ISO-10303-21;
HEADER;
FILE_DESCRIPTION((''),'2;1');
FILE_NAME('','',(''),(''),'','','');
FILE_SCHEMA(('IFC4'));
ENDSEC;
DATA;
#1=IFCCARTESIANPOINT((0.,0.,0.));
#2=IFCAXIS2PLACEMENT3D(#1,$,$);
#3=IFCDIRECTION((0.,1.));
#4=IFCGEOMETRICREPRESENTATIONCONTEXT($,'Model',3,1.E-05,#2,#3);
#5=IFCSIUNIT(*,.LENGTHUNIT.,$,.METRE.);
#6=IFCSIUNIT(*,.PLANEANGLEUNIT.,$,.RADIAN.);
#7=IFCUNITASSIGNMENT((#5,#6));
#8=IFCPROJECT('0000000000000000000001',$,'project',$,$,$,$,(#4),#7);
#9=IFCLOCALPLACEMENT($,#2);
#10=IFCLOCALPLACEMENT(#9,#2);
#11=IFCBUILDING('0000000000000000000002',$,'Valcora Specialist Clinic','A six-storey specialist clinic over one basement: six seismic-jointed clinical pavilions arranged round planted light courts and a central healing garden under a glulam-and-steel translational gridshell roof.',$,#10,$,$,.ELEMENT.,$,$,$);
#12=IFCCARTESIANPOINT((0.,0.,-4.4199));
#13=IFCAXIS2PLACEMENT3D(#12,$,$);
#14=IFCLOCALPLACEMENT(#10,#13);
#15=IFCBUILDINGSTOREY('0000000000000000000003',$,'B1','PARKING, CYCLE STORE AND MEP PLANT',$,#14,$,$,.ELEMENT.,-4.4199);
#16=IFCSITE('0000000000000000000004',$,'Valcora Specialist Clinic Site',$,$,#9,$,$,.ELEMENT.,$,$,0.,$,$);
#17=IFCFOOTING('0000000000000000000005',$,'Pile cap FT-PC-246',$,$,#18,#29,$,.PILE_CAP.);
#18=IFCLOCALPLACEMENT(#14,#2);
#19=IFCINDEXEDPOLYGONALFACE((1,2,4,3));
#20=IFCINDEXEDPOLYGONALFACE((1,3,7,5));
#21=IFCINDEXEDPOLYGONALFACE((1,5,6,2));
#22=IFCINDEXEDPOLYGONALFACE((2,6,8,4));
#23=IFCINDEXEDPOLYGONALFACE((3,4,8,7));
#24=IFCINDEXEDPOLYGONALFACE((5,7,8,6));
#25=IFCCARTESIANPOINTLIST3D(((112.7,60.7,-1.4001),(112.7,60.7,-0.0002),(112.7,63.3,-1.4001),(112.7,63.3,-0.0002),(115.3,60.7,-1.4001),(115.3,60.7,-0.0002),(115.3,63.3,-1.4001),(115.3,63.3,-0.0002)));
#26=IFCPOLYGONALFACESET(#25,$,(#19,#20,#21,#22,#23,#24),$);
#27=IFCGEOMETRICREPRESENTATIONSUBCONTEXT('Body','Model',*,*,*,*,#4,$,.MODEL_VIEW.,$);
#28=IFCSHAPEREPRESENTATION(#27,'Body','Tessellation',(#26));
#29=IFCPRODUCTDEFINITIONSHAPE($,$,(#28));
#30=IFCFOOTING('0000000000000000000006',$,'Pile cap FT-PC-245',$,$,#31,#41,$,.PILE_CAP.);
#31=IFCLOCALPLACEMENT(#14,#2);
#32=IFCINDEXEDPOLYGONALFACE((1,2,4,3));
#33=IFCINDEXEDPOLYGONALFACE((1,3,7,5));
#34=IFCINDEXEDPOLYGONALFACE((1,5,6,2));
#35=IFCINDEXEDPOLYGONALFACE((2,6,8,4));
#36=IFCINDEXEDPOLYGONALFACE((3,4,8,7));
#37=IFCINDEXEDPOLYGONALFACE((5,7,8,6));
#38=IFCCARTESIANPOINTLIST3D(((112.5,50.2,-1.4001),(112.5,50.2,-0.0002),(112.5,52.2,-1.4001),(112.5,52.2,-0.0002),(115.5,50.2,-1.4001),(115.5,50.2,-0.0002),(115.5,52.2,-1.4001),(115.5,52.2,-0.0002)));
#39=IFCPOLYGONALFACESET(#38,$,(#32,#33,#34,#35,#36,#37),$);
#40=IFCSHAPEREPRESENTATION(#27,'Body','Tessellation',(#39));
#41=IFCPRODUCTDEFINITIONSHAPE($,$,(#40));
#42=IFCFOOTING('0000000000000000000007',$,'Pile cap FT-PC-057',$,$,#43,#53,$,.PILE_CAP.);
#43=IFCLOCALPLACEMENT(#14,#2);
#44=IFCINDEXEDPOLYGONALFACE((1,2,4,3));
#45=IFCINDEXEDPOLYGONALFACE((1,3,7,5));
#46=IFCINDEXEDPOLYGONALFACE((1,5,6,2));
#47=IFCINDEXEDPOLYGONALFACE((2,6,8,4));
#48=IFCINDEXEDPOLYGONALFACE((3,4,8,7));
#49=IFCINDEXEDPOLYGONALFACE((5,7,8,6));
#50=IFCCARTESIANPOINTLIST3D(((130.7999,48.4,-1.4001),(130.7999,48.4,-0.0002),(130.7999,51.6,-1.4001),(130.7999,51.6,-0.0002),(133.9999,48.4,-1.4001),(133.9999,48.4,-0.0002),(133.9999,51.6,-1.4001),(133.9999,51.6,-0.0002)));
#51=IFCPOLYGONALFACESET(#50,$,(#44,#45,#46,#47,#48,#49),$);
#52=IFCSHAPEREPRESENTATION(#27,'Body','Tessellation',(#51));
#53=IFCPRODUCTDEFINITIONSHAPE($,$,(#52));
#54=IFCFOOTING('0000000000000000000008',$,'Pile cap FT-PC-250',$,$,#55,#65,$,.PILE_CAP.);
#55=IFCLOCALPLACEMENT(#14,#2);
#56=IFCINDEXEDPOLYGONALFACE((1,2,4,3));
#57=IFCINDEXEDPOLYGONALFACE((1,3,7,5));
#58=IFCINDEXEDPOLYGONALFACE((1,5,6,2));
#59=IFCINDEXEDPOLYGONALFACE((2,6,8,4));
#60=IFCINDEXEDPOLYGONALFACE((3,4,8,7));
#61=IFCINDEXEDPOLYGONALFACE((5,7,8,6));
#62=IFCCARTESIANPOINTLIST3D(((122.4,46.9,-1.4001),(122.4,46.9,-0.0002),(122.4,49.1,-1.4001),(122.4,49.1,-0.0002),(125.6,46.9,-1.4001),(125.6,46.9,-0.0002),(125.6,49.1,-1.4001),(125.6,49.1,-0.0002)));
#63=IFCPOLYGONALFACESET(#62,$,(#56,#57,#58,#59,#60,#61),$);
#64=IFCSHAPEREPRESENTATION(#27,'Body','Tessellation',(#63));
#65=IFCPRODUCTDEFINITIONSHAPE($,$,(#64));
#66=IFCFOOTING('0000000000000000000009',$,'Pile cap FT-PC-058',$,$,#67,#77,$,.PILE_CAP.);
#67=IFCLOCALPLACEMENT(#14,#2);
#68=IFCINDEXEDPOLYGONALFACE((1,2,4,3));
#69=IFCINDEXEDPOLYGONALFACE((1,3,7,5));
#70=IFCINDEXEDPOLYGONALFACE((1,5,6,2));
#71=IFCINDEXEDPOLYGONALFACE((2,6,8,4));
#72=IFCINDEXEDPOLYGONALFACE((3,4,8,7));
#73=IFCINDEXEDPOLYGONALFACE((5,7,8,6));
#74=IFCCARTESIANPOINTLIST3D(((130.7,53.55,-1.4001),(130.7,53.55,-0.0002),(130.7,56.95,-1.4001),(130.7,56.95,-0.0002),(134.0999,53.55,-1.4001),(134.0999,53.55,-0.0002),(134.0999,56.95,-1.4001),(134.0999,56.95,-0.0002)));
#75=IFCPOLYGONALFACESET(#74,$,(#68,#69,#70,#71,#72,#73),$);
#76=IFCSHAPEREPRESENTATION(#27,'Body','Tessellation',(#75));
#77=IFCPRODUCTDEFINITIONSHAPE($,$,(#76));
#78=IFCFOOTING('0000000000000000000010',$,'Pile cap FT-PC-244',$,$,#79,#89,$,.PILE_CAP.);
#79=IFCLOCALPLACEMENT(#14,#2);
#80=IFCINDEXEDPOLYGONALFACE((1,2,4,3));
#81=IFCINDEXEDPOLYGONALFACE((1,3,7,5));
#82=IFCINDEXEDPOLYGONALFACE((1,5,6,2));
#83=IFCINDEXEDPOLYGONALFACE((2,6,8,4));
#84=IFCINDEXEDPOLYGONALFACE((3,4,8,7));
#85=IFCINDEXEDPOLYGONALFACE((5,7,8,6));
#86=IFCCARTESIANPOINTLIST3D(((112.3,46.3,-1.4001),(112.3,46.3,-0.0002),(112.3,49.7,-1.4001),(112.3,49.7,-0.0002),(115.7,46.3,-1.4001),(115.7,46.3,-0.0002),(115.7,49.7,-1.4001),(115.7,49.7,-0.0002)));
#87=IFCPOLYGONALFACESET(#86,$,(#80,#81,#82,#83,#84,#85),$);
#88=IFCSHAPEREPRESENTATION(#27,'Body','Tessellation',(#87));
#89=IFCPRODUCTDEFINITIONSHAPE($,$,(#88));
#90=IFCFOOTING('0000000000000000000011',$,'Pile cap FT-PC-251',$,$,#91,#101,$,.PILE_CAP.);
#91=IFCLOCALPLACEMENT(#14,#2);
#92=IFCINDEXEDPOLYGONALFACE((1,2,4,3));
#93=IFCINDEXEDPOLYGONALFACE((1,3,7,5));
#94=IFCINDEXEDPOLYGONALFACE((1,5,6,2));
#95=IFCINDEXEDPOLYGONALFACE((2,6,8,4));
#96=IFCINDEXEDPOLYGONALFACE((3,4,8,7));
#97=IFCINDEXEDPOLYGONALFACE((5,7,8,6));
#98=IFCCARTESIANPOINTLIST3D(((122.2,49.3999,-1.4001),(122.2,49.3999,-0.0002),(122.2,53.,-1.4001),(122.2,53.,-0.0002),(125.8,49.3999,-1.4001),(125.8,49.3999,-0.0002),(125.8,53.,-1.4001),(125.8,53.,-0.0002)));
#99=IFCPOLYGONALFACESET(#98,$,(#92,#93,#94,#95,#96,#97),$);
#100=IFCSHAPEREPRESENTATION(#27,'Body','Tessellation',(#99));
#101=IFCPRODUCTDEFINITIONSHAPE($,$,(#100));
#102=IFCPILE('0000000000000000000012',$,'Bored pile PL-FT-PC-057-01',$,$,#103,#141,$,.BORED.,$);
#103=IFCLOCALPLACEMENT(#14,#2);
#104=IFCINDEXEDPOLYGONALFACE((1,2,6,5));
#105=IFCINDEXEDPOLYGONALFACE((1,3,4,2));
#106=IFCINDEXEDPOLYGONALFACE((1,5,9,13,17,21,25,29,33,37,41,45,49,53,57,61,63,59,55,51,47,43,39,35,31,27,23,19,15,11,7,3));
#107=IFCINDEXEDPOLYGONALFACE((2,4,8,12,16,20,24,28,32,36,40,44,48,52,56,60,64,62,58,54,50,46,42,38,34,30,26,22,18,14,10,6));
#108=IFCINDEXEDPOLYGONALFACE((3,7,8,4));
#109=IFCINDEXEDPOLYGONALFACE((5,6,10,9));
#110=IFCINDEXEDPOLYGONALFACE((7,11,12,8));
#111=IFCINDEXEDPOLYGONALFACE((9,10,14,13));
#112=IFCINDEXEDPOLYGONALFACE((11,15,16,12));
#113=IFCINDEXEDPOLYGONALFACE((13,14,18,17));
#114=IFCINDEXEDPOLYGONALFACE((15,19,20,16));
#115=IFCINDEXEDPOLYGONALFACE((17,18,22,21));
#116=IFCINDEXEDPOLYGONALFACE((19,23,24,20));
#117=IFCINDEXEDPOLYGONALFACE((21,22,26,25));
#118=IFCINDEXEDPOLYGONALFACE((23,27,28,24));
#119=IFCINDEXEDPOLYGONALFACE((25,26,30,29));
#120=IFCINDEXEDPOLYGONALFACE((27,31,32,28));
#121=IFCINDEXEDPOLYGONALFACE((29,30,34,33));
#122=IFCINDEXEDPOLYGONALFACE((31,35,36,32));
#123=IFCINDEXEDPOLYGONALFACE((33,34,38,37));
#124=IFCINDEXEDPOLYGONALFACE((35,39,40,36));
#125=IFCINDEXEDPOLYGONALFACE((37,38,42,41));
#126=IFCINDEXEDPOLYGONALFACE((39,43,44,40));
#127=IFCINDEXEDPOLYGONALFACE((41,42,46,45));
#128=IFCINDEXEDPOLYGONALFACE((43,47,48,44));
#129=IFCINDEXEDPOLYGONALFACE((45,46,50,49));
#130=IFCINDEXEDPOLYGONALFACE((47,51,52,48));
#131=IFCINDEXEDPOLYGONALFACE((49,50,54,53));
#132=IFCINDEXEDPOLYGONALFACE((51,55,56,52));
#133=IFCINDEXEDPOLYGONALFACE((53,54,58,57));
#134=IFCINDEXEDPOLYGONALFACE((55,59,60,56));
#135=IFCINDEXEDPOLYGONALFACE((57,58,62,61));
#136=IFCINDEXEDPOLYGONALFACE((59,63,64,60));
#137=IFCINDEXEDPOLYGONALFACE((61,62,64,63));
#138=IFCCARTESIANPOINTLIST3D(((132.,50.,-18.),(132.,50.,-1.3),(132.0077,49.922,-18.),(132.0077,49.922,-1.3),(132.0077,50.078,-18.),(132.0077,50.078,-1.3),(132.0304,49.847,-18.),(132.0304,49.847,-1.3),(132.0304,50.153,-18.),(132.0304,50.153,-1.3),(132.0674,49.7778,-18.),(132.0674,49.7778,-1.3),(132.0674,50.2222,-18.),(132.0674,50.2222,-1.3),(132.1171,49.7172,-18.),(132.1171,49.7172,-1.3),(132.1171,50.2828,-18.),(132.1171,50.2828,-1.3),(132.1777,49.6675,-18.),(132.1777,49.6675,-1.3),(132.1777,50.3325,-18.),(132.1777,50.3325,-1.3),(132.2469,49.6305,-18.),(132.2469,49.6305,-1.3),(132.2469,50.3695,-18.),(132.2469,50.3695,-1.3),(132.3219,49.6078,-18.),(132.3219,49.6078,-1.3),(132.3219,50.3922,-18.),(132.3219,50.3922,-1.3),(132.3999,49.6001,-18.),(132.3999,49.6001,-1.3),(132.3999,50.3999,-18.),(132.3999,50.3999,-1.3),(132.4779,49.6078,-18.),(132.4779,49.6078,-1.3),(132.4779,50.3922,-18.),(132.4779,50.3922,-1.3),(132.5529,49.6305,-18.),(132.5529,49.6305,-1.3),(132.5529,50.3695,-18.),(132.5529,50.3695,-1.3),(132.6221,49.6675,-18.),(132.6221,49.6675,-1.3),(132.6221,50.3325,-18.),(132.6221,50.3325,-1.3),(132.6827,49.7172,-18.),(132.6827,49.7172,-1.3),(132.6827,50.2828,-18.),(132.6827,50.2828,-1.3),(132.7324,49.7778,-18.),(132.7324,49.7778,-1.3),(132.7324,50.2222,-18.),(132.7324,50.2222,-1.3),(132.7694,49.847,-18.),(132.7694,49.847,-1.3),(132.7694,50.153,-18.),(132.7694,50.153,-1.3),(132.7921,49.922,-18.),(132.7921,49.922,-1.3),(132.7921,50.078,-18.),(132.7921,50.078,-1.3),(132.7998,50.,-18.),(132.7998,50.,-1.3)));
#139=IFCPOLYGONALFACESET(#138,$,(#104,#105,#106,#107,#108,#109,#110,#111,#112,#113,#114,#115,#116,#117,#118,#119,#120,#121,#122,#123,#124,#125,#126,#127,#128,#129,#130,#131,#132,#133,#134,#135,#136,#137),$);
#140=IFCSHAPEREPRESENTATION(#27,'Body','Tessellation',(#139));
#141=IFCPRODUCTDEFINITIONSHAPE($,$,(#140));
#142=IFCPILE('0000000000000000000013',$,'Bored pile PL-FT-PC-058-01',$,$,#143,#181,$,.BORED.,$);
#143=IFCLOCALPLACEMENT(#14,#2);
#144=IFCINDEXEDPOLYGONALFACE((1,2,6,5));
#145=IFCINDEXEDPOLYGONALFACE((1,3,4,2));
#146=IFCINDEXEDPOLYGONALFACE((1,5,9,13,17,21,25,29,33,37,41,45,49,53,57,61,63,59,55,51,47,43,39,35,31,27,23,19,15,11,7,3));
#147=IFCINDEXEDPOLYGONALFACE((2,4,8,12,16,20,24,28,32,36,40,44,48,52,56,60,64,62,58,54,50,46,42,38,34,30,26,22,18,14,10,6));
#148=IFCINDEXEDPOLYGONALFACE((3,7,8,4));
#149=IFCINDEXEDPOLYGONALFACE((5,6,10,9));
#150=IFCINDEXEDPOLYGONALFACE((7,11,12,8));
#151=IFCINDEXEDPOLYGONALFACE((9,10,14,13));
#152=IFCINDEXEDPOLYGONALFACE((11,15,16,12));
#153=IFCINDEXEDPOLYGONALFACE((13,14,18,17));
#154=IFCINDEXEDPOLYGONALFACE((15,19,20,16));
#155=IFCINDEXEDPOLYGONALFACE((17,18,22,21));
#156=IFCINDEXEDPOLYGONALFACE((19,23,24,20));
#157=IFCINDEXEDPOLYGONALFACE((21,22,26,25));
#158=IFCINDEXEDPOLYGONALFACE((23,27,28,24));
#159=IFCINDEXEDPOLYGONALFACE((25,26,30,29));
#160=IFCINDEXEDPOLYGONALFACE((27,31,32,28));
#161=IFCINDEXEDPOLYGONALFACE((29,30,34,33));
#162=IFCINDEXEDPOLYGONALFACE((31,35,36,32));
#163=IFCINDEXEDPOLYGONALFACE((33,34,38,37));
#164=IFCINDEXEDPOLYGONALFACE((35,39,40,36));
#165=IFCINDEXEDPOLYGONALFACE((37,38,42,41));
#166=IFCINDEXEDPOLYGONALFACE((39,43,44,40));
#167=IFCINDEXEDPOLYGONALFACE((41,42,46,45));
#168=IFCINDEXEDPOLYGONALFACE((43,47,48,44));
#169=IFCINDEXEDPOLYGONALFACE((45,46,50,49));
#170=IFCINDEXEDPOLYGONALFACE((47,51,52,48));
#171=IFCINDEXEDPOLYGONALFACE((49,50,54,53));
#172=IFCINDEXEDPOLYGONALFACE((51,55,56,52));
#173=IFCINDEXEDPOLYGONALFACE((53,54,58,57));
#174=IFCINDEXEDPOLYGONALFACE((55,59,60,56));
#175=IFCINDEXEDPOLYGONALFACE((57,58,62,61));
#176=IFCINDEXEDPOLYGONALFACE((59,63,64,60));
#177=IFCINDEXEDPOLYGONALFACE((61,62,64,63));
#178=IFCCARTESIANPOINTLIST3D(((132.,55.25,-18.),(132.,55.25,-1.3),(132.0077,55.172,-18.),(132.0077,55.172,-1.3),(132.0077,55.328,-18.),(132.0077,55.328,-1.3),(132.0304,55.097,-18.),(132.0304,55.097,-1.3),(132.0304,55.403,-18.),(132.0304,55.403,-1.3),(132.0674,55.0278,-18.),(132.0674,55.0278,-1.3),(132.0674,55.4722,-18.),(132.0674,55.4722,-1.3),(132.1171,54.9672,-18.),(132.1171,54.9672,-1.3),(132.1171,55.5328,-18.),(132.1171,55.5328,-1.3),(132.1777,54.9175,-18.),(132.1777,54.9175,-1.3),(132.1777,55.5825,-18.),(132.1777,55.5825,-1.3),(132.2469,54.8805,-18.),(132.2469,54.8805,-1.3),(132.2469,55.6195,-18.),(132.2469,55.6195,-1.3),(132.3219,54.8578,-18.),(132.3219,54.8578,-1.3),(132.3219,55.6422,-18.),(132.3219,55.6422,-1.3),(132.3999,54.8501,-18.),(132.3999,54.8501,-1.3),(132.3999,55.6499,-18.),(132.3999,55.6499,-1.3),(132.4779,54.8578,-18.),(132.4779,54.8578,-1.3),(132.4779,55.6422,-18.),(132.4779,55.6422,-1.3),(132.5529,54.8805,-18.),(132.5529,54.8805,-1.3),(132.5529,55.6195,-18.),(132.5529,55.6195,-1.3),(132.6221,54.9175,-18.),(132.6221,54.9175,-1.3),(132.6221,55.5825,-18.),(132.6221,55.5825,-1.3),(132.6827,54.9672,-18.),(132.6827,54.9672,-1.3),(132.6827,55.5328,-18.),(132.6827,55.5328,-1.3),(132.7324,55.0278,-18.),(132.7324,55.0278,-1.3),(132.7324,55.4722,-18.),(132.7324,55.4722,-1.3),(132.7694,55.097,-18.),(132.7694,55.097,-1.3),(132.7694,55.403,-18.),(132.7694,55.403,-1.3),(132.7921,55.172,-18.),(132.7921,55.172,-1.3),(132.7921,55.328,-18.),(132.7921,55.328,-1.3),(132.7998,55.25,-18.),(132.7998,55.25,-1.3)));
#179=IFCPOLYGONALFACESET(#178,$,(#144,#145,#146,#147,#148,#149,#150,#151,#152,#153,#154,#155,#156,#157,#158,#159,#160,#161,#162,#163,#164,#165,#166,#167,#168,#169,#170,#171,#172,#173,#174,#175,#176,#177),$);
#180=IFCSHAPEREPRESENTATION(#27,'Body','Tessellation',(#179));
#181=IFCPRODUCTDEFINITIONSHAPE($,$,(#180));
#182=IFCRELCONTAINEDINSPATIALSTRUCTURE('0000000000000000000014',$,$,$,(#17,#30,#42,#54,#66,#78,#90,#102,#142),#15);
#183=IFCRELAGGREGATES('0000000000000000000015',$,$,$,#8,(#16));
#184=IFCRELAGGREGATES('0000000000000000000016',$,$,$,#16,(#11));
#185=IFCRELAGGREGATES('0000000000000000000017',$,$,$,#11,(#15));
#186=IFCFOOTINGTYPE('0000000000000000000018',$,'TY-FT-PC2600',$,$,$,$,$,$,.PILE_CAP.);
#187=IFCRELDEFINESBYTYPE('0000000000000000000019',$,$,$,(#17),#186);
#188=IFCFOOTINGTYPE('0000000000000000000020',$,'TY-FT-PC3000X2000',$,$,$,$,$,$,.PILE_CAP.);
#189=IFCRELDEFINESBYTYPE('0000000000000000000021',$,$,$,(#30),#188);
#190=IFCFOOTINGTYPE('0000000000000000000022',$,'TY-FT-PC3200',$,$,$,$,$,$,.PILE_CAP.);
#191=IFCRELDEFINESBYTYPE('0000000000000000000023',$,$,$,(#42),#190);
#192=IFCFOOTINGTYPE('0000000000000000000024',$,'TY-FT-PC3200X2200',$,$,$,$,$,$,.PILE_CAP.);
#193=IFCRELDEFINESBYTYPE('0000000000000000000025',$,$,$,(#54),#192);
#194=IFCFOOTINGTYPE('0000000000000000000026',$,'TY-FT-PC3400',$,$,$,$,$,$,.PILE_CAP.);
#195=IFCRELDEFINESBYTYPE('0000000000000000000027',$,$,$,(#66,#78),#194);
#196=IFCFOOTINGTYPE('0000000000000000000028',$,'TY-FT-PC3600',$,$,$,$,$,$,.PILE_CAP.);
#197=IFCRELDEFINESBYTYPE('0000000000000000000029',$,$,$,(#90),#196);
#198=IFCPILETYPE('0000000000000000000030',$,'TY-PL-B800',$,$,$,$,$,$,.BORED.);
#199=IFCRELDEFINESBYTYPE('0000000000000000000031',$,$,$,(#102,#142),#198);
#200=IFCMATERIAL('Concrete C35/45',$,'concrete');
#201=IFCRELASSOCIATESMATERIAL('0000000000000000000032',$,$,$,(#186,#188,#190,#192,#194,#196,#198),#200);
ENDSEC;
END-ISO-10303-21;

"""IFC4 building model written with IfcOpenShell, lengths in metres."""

from ifc_helpers import new_model, si_unit, direction, frame, origin, origin_2d, place, context, subcontext, project, spatial, rectangle, circle, extrude, material, material_profile, profile_set, type_object, element, save


model = new_model("IFC4")

# Units and contexts
model_context = context("Model", 3, precision=1e-05, world=origin(), true_north=direction((0.0, 1.0)))
body_context = subcontext(model_context, "Body", "Model", "MODEL_VIEW")
ifc_project = project(units=[si_unit("LENGTHUNIT", "METRE"), si_unit("PLANEANGLEUNIT", "RADIAN")], contexts=[model_context])

# Site, building, storey
site_placement = place(None, origin())
site = spatial("IfcSite", under=ifc_project, at=site_placement, Name="Valcora Specialist Clinic Site", CompositionType="ELEMENT", RefElevation=0.0)
building_placement = place(site_placement, origin())
building = spatial("IfcBuilding", under=site, at=building_placement, Name="Valcora Specialist Clinic", Description="A six-storey specialist clinic over one basement: six seismic-jointed clinical pavilions arranged round planted light courts and a central healing garden under a glulam-and-steel translational gridshell roof.", CompositionType="ELEMENT")
storey_placement = place(building_placement, frame((0.0, 0.0, -4.4199)))
storey = spatial("IfcBuildingStorey", under=building, at=storey_placement, Name="B1", Description="PARKING, CYCLE STORE AND MEP PLANT", CompositionType="ELEMENT", Elevation=-4.4199)

# Footings
ifc_material_1 = material(Name="Concrete C35/45", Category="concrete")
footing_type_1 = type_object("IfcFootingType", Name="TY-FT-PC2600", PredefinedType="PILE_CAP", material=ifc_material_1)
footing_1_placement = place(storey_placement, frame((114.0, 62.0, -1.4001), z_axis=(0.0, 0.0, 1.0), x_axis=(1.0, 0.0, 0.0)))
element("IfcFooting", 1, at=footing_1_placement, inside=storey, type_object=footing_type_1, Name="Pile cap FT-PC-246", PredefinedType="PILE_CAP", context=body_context, shape_type="SweptSolid", body=[
    extrude(rectangle(XDim=2.6001, YDim=2.6001, at=origin_2d()), origin(), (0.0, 0.0, 1.0), 1.3999),
])
footing_type_2 = type_object("IfcFootingType", Name="TY-FT-PC3000X2000", PredefinedType="PILE_CAP", material=ifc_material_1)
footing_2_placement = place(storey_placement, frame((114.0, 51.2, -1.4001), z_axis=(0.0, 0.0, 1.0), x_axis=(1.0, 0.0, 0.0)))
element("IfcFooting", 2, at=footing_2_placement, inside=storey, type_object=footing_type_2, Name="Pile cap FT-PC-245", PredefinedType="PILE_CAP", context=body_context, shape_type="SweptSolid", body=[
    extrude(rectangle(XDim=3.0, YDim=2.0, at=origin_2d()), origin(), (0.0, 0.0, 1.0), 1.3999),
])
footing_type_3 = type_object("IfcFootingType", Name="TY-FT-PC3200", PredefinedType="PILE_CAP", material=ifc_material_1)
footing_3_placement = place(storey_placement, frame((132.3999, 50.0, -1.4001), z_axis=(0.0, 0.0, 1.0), x_axis=(1.0, 0.0, 0.0)))
element("IfcFooting", 3, at=footing_3_placement, inside=storey, type_object=footing_type_3, Name="Pile cap FT-PC-057", PredefinedType="PILE_CAP", context=body_context, shape_type="SweptSolid", body=[
    extrude(rectangle(XDim=3.2, YDim=3.2, at=origin_2d()), origin(), (0.0, 0.0, 1.0), 1.3999),
])
footing_type_4 = type_object("IfcFootingType", Name="TY-FT-PC3200X2200", PredefinedType="PILE_CAP", material=ifc_material_1)
footing_4_placement = place(storey_placement, frame((124.0, 48.0, -1.4001), z_axis=(0.0, 0.0, 1.0), x_axis=(1.0, 0.0, 0.0)))
element("IfcFooting", 4, at=footing_4_placement, inside=storey, type_object=footing_type_4, Name="Pile cap FT-PC-250", PredefinedType="PILE_CAP", context=body_context, shape_type="SweptSolid", body=[
    extrude(rectangle(XDim=3.2, YDim=2.2, at=origin_2d()), origin(), (0.0, 0.0, 1.0), 1.3999),
])
footing_type_5 = type_object("IfcFootingType", Name="TY-FT-PC3400", PredefinedType="PILE_CAP", material=ifc_material_1)
for number, where, z_axis, x_axis, name in (
    (5, (132.3999, 55.25, -1.4001), (0.0, 0.0, 1.0), (1.0, 0.0, 0.0), "Pile cap FT-PC-058"),
    (6, (114.0, 48.0, -1.4001), (0.0, 0.0, 1.0), (1.0, 0.0, 0.0), "Pile cap FT-PC-244"),
):
    element("IfcFooting", number, at=place(storey_placement, frame(where, z_axis=z_axis, x_axis=x_axis)), inside=storey, type_object=footing_type_5, Name=name, PredefinedType="PILE_CAP", context=body_context, shape_type="SweptSolid", body=[
        extrude(rectangle(XDim=3.3999, YDim=3.3999, at=origin_2d()), origin(), (0.0, 0.0, 1.0), 1.3999),
    ])
footing_type_6 = type_object("IfcFootingType", Name="TY-FT-PC3600", PredefinedType="PILE_CAP", material=ifc_material_1)
footing_5_placement = place(storey_placement, frame((124.0, 51.2, -1.4001), z_axis=(0.0, 0.0, 1.0), x_axis=(1.0, 0.0, 0.0)))
element("IfcFooting", 7, at=footing_5_placement, inside=storey, type_object=footing_type_6, Name="Pile cap FT-PC-251", PredefinedType="PILE_CAP", context=body_context, shape_type="SweptSolid", body=[
    extrude(rectangle(XDim=3.6001, YDim=3.6001, at=origin_2d()), origin(), (0.0, 0.0, 1.0), 1.3999),
])

# Piles
ifc_material_profile_1 = material_profile(ifc_material_1, circle(Radius=0.3999, at=origin_2d()), Name="RC-PIL-D800")
ifc_profile_set_1 = profile_set([ifc_material_profile_1], Name="Concrete C35/45")
pile_type_1 = type_object("IfcPileType", Name="TY-PL-B800", PredefinedType="BORED", material=ifc_profile_set_1)
for number, where, z_axis, x_axis, name in (
    (8, (132.3999, 50.0, -1.3), (0.0, 0.0, -1.0), (1.0, 0.0, 0.0), "Bored pile PL-FT-PC-057-01"),
    (9, (132.3999, 55.25, -1.3), (0.0, 0.0, -1.0), (1.0, 0.0, 0.0), "Bored pile PL-FT-PC-058-01"),
):
    element("IfcPile", number, at=place(storey_placement, frame(where, z_axis=z_axis, x_axis=x_axis)), inside=storey, type_object=pile_type_1, Name=name, PredefinedType="BORED", context=body_context, shape_type="SweptSolid", body=[
        extrude(circle(Radius=0.3999, at=origin_2d()), origin(), (0.0, 0.0, 1.0), 16.7),
    ])

save(model, "model.ifc")
